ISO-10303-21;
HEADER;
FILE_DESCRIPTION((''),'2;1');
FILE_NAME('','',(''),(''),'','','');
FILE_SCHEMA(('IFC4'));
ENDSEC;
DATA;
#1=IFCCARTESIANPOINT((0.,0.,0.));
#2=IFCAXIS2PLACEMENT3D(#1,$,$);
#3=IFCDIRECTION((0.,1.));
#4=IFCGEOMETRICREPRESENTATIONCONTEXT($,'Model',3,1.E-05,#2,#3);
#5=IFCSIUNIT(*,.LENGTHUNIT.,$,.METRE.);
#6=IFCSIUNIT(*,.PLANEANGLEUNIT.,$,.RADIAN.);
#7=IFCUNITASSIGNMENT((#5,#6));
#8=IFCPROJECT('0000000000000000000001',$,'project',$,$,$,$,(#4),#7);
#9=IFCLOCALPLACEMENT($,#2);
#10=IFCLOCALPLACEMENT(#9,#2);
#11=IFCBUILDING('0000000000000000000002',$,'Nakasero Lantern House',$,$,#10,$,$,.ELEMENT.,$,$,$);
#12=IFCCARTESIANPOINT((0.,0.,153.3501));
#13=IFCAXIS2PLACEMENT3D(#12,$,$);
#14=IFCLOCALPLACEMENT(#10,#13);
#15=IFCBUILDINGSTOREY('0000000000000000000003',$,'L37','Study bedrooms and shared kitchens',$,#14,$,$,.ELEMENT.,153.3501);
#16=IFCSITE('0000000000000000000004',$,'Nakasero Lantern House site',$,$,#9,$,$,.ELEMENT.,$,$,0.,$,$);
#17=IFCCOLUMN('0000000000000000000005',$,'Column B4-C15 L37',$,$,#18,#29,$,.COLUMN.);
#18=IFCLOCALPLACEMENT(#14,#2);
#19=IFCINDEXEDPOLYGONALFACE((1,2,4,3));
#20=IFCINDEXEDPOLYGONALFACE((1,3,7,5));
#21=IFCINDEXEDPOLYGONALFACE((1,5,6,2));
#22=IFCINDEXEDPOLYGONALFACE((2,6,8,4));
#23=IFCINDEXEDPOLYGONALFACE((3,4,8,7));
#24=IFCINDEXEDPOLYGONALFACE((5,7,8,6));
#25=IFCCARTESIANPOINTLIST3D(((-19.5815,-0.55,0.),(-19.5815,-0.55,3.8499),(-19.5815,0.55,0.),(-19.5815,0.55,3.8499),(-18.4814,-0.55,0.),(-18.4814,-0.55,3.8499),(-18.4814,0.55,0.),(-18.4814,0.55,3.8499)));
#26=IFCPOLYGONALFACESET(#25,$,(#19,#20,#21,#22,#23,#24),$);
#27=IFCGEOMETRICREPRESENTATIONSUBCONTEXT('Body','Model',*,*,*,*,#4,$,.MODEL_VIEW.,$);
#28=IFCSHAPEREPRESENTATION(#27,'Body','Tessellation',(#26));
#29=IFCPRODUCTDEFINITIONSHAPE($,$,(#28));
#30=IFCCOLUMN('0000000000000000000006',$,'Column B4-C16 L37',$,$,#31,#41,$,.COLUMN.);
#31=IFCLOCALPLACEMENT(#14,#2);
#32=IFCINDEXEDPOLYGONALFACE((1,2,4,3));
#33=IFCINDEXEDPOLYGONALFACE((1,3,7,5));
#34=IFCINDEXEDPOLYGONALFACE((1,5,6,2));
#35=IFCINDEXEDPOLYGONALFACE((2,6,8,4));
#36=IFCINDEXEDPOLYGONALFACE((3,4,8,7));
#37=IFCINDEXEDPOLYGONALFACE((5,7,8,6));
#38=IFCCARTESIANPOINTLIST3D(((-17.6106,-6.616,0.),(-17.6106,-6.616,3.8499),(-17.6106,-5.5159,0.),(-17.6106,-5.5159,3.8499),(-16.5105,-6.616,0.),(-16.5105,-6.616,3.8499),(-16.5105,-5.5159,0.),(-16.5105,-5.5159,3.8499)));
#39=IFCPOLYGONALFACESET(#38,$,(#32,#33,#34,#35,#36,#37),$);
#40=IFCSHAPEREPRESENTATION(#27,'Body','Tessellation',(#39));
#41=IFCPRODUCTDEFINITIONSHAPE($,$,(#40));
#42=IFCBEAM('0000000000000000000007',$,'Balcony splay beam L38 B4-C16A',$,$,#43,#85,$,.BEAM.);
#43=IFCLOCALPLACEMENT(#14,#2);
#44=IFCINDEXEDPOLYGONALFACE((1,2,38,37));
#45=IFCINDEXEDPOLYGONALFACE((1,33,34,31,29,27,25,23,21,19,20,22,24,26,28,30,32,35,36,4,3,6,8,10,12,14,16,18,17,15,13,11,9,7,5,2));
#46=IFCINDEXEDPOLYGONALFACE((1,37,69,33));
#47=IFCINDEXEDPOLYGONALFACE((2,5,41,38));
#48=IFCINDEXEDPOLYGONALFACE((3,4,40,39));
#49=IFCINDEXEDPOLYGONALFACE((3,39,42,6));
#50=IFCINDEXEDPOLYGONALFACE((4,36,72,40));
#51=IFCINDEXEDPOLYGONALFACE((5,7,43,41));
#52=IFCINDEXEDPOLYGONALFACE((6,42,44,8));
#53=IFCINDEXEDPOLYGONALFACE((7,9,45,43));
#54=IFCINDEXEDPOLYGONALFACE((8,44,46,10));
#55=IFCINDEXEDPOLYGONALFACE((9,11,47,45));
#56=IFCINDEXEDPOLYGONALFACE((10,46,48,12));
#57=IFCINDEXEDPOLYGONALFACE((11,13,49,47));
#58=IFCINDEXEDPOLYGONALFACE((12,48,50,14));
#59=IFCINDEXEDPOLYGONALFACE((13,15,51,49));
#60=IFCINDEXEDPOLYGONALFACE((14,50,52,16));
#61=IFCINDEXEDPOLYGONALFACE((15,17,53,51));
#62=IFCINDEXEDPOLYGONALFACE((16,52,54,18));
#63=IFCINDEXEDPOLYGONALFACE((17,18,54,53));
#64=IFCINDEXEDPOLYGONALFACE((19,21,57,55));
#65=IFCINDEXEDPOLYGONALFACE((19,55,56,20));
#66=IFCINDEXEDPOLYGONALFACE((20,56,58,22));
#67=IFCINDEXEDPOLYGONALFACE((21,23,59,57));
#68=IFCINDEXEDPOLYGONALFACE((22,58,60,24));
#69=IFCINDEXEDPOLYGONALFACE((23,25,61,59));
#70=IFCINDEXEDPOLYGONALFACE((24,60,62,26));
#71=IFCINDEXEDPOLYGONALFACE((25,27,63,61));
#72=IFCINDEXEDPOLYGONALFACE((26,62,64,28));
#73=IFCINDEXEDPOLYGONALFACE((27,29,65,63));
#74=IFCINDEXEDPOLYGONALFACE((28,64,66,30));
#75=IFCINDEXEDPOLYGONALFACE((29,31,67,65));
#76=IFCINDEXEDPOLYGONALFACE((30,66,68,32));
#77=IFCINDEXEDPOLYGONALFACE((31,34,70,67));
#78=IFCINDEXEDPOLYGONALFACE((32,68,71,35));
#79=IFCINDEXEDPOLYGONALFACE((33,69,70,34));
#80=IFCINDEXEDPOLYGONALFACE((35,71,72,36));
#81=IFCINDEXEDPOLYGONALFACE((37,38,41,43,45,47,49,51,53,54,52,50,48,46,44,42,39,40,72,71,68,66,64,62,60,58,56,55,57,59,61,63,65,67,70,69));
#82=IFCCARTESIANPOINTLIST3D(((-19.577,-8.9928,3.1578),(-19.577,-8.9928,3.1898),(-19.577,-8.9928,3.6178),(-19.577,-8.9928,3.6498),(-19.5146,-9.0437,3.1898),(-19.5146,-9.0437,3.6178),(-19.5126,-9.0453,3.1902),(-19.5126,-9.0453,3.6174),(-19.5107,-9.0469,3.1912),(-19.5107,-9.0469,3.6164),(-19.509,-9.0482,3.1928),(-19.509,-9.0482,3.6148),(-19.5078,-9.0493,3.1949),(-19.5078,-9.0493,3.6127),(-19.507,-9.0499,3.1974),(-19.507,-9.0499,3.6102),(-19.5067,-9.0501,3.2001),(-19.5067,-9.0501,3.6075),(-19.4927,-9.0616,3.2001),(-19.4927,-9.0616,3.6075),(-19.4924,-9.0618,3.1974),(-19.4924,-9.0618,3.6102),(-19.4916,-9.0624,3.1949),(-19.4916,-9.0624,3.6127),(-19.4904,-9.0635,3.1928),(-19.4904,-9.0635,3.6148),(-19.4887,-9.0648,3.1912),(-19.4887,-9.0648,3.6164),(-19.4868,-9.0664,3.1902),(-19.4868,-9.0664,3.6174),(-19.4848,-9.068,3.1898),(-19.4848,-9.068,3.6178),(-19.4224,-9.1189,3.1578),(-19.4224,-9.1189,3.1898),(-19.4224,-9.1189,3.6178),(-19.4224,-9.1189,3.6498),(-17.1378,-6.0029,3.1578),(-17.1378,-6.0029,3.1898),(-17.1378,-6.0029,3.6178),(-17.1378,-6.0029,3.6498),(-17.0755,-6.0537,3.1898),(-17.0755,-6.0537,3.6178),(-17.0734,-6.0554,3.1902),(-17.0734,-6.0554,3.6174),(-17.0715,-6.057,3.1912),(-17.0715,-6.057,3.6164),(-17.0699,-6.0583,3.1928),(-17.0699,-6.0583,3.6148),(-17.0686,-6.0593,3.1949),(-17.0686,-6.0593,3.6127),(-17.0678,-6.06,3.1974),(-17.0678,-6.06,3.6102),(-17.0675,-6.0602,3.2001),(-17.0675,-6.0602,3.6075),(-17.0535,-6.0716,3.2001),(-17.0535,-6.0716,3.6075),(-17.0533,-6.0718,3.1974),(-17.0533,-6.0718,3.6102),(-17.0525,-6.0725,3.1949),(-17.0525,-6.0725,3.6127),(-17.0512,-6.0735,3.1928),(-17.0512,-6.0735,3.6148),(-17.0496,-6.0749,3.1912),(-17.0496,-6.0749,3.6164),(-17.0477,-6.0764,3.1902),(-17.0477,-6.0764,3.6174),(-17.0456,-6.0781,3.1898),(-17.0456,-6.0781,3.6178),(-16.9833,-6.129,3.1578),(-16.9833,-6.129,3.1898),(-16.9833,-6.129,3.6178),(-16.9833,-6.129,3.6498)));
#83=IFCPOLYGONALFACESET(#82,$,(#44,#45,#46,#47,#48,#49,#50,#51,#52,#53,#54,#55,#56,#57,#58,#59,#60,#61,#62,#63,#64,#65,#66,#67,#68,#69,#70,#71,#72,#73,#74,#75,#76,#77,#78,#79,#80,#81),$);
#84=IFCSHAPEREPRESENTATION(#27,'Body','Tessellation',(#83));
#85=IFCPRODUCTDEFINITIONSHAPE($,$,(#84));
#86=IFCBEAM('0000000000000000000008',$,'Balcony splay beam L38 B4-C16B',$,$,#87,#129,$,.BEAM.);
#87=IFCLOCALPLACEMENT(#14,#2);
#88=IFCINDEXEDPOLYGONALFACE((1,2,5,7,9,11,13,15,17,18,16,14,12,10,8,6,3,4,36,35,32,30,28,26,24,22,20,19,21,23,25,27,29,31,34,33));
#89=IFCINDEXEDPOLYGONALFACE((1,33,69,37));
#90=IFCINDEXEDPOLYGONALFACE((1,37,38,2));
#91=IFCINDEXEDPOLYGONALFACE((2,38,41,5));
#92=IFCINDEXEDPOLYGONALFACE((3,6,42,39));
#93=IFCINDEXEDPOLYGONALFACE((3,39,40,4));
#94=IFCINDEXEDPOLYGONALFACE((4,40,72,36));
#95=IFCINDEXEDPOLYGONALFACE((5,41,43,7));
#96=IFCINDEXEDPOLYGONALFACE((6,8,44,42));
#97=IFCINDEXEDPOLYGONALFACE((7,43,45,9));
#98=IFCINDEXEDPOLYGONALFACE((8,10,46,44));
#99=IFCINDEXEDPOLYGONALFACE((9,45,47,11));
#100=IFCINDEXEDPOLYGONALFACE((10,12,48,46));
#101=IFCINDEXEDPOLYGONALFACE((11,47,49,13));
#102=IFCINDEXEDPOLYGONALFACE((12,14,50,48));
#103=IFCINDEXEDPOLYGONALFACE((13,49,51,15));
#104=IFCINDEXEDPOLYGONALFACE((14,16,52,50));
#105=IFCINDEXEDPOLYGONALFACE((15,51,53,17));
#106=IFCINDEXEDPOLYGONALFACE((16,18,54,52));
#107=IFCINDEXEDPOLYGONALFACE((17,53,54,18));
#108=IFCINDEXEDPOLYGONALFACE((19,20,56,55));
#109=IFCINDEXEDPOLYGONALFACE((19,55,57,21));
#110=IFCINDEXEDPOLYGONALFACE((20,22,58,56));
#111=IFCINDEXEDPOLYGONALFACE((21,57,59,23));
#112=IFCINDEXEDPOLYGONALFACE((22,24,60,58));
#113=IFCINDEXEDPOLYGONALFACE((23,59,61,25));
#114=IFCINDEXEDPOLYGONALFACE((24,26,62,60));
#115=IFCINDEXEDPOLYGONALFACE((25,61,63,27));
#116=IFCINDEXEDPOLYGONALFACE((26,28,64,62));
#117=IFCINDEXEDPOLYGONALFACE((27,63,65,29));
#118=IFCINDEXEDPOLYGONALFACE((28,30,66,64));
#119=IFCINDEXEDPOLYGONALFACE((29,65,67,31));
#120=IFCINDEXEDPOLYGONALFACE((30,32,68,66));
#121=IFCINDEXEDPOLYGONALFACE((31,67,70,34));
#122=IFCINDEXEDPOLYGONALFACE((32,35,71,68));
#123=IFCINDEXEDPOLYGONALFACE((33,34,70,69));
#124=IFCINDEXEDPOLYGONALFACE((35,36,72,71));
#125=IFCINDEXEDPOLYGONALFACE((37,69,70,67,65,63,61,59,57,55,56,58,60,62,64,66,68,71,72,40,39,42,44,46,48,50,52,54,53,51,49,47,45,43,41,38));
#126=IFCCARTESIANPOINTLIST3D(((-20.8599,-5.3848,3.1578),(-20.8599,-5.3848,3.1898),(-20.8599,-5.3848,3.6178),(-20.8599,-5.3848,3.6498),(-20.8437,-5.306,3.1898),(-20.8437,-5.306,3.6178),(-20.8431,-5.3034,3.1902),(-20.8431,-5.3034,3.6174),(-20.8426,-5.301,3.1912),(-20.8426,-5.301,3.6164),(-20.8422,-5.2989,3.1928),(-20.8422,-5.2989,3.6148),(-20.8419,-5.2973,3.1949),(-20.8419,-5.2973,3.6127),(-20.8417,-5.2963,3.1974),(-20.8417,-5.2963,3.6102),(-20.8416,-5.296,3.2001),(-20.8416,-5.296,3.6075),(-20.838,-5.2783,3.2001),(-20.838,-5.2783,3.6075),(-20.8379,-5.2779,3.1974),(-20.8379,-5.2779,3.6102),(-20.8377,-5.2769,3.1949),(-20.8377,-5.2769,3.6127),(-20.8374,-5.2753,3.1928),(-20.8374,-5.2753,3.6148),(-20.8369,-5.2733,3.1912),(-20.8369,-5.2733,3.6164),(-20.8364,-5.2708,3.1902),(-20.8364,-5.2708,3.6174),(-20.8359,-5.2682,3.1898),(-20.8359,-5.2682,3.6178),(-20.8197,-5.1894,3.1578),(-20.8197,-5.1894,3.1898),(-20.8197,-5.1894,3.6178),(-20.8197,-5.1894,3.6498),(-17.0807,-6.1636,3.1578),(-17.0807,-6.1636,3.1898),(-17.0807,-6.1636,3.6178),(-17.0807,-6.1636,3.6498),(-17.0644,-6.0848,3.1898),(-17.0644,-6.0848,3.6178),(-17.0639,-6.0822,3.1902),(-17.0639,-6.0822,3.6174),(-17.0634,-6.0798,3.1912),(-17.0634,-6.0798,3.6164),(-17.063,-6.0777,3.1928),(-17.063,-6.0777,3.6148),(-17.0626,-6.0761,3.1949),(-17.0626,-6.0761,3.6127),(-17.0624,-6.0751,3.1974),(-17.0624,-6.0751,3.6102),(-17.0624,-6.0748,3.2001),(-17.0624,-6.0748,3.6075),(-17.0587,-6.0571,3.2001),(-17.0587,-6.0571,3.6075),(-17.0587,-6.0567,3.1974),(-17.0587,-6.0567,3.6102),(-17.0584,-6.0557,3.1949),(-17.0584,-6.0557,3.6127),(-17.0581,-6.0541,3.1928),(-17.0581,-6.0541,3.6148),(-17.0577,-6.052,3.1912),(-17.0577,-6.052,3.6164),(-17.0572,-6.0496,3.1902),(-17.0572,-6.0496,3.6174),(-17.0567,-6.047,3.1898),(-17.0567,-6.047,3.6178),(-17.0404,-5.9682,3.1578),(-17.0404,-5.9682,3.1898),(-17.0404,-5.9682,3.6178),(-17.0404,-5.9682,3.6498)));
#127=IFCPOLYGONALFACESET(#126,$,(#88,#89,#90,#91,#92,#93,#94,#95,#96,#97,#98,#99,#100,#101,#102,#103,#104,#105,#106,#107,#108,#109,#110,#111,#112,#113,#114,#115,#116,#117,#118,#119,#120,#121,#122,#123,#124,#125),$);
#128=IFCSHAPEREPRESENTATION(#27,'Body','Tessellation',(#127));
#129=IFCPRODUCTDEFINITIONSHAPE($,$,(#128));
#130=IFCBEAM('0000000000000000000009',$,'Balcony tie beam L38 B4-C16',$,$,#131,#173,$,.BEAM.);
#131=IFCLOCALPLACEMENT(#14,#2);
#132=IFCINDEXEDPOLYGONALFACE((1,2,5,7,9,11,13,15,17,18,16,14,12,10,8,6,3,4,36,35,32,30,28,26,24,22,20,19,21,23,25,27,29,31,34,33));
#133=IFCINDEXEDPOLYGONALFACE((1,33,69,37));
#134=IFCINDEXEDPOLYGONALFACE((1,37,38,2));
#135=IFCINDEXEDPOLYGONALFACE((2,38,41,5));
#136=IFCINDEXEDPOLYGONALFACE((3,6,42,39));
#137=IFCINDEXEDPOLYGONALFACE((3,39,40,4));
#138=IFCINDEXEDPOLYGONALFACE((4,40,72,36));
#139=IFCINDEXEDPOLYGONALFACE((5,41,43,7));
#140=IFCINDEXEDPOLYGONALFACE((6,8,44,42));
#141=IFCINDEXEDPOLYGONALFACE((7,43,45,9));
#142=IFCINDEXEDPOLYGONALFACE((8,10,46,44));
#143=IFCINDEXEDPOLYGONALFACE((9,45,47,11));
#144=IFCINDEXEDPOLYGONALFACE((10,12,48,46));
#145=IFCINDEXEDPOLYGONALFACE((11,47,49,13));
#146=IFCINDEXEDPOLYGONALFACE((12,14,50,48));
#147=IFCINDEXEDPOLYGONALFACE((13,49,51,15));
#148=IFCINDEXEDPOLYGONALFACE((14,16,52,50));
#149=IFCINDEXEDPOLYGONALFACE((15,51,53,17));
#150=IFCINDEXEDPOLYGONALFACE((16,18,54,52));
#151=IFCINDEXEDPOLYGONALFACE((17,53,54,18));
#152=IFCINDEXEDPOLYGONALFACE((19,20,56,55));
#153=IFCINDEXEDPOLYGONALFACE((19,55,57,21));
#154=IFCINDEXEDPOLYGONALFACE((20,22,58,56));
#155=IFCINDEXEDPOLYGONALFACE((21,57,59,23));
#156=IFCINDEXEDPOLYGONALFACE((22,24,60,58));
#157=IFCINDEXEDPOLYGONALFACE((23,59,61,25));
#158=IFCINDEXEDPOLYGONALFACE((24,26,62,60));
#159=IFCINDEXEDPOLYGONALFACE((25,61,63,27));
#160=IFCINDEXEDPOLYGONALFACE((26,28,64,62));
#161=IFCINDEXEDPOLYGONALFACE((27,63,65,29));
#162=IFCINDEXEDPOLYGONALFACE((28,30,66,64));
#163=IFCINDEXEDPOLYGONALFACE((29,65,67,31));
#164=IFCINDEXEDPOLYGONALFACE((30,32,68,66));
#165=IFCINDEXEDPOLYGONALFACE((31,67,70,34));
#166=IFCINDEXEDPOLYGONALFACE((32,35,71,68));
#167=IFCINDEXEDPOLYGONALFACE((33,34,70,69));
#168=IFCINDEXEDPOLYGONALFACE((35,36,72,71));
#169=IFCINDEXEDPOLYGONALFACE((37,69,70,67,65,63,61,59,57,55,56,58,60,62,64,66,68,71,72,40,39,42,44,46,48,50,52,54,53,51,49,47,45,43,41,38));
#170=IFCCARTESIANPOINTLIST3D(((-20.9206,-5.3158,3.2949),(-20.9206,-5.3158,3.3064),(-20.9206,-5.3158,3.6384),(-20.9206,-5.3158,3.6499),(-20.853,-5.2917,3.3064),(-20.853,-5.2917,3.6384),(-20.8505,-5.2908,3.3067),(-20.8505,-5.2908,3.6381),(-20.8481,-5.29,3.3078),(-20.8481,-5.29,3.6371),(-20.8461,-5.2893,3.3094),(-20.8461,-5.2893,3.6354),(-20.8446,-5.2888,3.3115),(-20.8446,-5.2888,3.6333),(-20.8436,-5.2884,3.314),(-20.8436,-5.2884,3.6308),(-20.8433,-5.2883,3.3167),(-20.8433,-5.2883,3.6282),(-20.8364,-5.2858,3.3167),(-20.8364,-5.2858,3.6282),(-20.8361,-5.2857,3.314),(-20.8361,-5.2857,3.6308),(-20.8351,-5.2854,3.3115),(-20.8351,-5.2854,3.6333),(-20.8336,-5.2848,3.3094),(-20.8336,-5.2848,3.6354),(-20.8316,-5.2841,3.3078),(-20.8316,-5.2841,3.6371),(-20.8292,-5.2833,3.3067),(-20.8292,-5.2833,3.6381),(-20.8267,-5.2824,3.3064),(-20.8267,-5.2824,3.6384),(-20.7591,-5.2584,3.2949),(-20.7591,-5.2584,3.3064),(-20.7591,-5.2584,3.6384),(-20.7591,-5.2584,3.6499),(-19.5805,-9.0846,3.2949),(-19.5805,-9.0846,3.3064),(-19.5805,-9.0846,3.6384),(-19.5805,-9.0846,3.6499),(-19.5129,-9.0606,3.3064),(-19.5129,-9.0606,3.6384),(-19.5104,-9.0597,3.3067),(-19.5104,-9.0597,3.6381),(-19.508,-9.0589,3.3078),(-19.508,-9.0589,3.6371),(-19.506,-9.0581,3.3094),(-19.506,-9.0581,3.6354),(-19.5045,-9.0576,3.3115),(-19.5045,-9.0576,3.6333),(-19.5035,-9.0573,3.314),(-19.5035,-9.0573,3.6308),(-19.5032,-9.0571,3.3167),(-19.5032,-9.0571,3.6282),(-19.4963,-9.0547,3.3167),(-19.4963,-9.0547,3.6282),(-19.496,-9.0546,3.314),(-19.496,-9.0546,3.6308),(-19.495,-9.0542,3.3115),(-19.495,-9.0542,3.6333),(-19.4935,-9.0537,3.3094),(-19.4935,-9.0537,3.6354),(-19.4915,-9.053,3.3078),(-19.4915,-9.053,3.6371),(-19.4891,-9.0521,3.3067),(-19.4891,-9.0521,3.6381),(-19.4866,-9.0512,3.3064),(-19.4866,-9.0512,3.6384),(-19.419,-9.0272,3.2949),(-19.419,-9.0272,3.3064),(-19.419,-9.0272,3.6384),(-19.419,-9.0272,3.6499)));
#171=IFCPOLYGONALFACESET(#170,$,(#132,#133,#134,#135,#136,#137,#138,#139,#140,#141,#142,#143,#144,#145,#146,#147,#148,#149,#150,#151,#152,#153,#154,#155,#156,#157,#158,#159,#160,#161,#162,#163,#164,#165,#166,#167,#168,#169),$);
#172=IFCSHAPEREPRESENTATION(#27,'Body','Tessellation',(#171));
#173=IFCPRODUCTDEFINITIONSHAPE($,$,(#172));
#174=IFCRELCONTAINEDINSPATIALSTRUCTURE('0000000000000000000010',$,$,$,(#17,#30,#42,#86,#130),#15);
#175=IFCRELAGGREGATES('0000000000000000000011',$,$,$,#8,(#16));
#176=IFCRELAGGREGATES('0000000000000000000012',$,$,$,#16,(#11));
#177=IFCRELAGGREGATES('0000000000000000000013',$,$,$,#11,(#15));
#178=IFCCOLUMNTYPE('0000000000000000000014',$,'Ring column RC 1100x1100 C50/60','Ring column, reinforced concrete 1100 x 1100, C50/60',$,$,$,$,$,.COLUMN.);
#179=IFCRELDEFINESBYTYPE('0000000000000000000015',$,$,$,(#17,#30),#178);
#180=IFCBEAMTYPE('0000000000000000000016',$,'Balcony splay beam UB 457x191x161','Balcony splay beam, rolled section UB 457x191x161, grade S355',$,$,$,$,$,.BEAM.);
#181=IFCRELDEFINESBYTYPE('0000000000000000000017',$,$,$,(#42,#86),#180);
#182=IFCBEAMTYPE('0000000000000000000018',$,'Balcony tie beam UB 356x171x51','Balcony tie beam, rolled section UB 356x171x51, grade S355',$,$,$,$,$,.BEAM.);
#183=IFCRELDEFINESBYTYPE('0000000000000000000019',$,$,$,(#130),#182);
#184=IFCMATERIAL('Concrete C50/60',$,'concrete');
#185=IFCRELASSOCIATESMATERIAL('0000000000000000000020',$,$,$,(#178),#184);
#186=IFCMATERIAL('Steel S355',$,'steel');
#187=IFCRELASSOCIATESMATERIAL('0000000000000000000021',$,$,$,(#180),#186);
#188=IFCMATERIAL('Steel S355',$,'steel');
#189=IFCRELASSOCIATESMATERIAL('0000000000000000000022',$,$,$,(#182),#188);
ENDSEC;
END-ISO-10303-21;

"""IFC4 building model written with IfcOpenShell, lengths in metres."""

from ifc_helpers import new_model, si_unit, direction, frame, origin, origin_2d, place, context, subcontext, project, spatial, rectangle, i_section, extrude, material, material_profile, profile_set, type_object, element, save


model = new_model("IFC4")

# Units and contexts
model_context = context("Model", 3, precision=1e-05, world=origin(), true_north=direction((0.0, 1.0)))
body_context = subcontext(model_context, "Body", "Model", "MODEL_VIEW")
ifc_project = project(units=[si_unit("LENGTHUNIT", "METRE"), si_unit("PLANEANGLEUNIT", "RADIAN")], contexts=[model_context])

# Site, building, storey
site_placement = place(None, origin())
site = spatial("IfcSite", under=ifc_project, at=site_placement, Name="Nakasero Lantern House site", CompositionType="ELEMENT", RefElevation=0.0)
building_placement = place(site_placement, origin())
building = spatial("IfcBuilding", under=site, at=building_placement, Name="Nakasero Lantern House", CompositionType="ELEMENT")
storey_placement = place(building_placement, frame((0.0, 0.0, 153.3501)))
storey = spatial("IfcBuildingStorey", under=building, at=storey_placement, Name="L37", Description="Study bedrooms and shared kitchens", CompositionType="ELEMENT", Elevation=153.3501)

# Columns
ifc_material_1 = material(Name="Concrete C50/60", Category="concrete")
ifc_material_profile_1 = material_profile(ifc_material_1, rectangle(XDim=1.1001, YDim=1.1001, at=origin_2d()), Name="RC 1100x1100")
ifc_profile_set_1 = profile_set([ifc_material_profile_1], Name="Concrete C50/60")
column_type = type_object("IfcColumnType", Name="Ring column RC 1100x1100 C50/60", Description="Ring column, reinforced concrete 1100 x 1100, C50/60", PredefinedType="COLUMN", material=ifc_profile_set_1)
for number, where, z_axis, x_axis, name in (
    (1, (-19.0315, 0.0, 0.0), (0.0, 0.0, 1.0), (1.0, 0.0, 0.0), "Column B4-C15 L37"),
    (2, (-17.0605, -6.0659, 0.0), (0.0, 0.0, 1.0), (1.0, 0.0, 0.0), "Column B4-C16 L37"),
):
    element("IfcColumn", number, at=place(storey_placement, frame(where, z_axis=z_axis, x_axis=x_axis)), inside=storey, type_object=column_type, Name=name, PredefinedType="COLUMN", context=body_context, shape_type="SweptSolid", body=[
        extrude(rectangle(XDim=1.1001, YDim=1.1001, at=origin_2d()), origin(), (0.0, 0.0, 1.0), 3.8499),
    ])

# Beams
ifc_material_2 = material(Name="Steel S355", Category="steel")
ifc_material_profile_2 = material_profile(ifc_material_2, i_section(OverallWidth=0.1995, OverallDepth=0.4919, WebThickness=0.0181, FlangeThickness=0.032, FilletRadius=0.0103, at=origin_2d()), Name="UB 457x191x161")
ifc_profile_set_2 = profile_set([ifc_material_profile_2], Name="Steel S355")
beam_type_1 = type_object("IfcBeamType", Name="Balcony splay beam UB 457x191x161", Description="Balcony splay beam, rolled section UB 457x191x161, grade S355", PredefinedType="BEAM", material=ifc_profile_set_2)
for number, where, z_axis, x_axis, name in (
    (3, (-17.0605, -6.0659, 3.4038), (-0.632128, -0.774864, 0.0), (0.774864, -0.632128, 0.0), "Balcony splay beam L38 B4-C16A"),
    (4, (-17.0605, -6.0659, 3.4038), (-0.97942, 0.201831, 0.0), (-0.201831, -0.97942, 0.0), "Balcony splay beam L38 B4-C16B"),
):
    element("IfcBeam", number, at=place(storey_placement, frame(where, z_axis=z_axis, x_axis=x_axis)), inside=storey, type_object=beam_type_1, Name=name, PredefinedType="BEAM", context=body_context, shape_type="SweptSolid", body=[
        extrude(i_section(OverallWidth=0.1995, OverallDepth=0.4919, WebThickness=0.0181, FlangeThickness=0.032, FilletRadius=0.0103, at=origin_2d()), origin(), (0.0, 0.0, 1.0), 3.8586),
    ])
ifc_material_3 = material(Name="Steel S355", Category="steel")
ifc_material_profile_3 = material_profile(ifc_material_3, i_section(OverallWidth=0.1714, OverallDepth=0.355, WebThickness=0.0073, FlangeThickness=0.0115, FilletRadius=0.0103, at=origin_2d()), Name="UB 356x171x51")
ifc_profile_set_3 = profile_set([ifc_material_profile_3], Name="Steel S355")
beam_type_2 = type_object("IfcBeamType", Name="Balcony tie beam UB 356x171x51", Description="Balcony tie beam, rolled section UB 356x171x51, grade S355", PredefinedType="BEAM", material=ifc_profile_set_3)
beam_1_placement = place(storey_placement, frame((-19.4998, -9.0559, 3.4724), z_axis=(-0.335025, 0.942209, 0.0), x_axis=(-0.942209, -0.335025, 0.0)))
element("IfcBeam", 5, at=beam_1_placement, inside=storey, type_object=beam_type_2, Name="Balcony tie beam L38 B4-C16", PredefinedType="BEAM", context=body_context, shape_type="SweptSolid", body=[
    extrude(i_section(OverallWidth=0.1714, OverallDepth=0.355, WebThickness=0.0073, FlangeThickness=0.0115, FilletRadius=0.0103, at=origin_2d()), origin(), (0.0, 0.0, 1.0), 4.0),
])

save(model, "model.ifc")
